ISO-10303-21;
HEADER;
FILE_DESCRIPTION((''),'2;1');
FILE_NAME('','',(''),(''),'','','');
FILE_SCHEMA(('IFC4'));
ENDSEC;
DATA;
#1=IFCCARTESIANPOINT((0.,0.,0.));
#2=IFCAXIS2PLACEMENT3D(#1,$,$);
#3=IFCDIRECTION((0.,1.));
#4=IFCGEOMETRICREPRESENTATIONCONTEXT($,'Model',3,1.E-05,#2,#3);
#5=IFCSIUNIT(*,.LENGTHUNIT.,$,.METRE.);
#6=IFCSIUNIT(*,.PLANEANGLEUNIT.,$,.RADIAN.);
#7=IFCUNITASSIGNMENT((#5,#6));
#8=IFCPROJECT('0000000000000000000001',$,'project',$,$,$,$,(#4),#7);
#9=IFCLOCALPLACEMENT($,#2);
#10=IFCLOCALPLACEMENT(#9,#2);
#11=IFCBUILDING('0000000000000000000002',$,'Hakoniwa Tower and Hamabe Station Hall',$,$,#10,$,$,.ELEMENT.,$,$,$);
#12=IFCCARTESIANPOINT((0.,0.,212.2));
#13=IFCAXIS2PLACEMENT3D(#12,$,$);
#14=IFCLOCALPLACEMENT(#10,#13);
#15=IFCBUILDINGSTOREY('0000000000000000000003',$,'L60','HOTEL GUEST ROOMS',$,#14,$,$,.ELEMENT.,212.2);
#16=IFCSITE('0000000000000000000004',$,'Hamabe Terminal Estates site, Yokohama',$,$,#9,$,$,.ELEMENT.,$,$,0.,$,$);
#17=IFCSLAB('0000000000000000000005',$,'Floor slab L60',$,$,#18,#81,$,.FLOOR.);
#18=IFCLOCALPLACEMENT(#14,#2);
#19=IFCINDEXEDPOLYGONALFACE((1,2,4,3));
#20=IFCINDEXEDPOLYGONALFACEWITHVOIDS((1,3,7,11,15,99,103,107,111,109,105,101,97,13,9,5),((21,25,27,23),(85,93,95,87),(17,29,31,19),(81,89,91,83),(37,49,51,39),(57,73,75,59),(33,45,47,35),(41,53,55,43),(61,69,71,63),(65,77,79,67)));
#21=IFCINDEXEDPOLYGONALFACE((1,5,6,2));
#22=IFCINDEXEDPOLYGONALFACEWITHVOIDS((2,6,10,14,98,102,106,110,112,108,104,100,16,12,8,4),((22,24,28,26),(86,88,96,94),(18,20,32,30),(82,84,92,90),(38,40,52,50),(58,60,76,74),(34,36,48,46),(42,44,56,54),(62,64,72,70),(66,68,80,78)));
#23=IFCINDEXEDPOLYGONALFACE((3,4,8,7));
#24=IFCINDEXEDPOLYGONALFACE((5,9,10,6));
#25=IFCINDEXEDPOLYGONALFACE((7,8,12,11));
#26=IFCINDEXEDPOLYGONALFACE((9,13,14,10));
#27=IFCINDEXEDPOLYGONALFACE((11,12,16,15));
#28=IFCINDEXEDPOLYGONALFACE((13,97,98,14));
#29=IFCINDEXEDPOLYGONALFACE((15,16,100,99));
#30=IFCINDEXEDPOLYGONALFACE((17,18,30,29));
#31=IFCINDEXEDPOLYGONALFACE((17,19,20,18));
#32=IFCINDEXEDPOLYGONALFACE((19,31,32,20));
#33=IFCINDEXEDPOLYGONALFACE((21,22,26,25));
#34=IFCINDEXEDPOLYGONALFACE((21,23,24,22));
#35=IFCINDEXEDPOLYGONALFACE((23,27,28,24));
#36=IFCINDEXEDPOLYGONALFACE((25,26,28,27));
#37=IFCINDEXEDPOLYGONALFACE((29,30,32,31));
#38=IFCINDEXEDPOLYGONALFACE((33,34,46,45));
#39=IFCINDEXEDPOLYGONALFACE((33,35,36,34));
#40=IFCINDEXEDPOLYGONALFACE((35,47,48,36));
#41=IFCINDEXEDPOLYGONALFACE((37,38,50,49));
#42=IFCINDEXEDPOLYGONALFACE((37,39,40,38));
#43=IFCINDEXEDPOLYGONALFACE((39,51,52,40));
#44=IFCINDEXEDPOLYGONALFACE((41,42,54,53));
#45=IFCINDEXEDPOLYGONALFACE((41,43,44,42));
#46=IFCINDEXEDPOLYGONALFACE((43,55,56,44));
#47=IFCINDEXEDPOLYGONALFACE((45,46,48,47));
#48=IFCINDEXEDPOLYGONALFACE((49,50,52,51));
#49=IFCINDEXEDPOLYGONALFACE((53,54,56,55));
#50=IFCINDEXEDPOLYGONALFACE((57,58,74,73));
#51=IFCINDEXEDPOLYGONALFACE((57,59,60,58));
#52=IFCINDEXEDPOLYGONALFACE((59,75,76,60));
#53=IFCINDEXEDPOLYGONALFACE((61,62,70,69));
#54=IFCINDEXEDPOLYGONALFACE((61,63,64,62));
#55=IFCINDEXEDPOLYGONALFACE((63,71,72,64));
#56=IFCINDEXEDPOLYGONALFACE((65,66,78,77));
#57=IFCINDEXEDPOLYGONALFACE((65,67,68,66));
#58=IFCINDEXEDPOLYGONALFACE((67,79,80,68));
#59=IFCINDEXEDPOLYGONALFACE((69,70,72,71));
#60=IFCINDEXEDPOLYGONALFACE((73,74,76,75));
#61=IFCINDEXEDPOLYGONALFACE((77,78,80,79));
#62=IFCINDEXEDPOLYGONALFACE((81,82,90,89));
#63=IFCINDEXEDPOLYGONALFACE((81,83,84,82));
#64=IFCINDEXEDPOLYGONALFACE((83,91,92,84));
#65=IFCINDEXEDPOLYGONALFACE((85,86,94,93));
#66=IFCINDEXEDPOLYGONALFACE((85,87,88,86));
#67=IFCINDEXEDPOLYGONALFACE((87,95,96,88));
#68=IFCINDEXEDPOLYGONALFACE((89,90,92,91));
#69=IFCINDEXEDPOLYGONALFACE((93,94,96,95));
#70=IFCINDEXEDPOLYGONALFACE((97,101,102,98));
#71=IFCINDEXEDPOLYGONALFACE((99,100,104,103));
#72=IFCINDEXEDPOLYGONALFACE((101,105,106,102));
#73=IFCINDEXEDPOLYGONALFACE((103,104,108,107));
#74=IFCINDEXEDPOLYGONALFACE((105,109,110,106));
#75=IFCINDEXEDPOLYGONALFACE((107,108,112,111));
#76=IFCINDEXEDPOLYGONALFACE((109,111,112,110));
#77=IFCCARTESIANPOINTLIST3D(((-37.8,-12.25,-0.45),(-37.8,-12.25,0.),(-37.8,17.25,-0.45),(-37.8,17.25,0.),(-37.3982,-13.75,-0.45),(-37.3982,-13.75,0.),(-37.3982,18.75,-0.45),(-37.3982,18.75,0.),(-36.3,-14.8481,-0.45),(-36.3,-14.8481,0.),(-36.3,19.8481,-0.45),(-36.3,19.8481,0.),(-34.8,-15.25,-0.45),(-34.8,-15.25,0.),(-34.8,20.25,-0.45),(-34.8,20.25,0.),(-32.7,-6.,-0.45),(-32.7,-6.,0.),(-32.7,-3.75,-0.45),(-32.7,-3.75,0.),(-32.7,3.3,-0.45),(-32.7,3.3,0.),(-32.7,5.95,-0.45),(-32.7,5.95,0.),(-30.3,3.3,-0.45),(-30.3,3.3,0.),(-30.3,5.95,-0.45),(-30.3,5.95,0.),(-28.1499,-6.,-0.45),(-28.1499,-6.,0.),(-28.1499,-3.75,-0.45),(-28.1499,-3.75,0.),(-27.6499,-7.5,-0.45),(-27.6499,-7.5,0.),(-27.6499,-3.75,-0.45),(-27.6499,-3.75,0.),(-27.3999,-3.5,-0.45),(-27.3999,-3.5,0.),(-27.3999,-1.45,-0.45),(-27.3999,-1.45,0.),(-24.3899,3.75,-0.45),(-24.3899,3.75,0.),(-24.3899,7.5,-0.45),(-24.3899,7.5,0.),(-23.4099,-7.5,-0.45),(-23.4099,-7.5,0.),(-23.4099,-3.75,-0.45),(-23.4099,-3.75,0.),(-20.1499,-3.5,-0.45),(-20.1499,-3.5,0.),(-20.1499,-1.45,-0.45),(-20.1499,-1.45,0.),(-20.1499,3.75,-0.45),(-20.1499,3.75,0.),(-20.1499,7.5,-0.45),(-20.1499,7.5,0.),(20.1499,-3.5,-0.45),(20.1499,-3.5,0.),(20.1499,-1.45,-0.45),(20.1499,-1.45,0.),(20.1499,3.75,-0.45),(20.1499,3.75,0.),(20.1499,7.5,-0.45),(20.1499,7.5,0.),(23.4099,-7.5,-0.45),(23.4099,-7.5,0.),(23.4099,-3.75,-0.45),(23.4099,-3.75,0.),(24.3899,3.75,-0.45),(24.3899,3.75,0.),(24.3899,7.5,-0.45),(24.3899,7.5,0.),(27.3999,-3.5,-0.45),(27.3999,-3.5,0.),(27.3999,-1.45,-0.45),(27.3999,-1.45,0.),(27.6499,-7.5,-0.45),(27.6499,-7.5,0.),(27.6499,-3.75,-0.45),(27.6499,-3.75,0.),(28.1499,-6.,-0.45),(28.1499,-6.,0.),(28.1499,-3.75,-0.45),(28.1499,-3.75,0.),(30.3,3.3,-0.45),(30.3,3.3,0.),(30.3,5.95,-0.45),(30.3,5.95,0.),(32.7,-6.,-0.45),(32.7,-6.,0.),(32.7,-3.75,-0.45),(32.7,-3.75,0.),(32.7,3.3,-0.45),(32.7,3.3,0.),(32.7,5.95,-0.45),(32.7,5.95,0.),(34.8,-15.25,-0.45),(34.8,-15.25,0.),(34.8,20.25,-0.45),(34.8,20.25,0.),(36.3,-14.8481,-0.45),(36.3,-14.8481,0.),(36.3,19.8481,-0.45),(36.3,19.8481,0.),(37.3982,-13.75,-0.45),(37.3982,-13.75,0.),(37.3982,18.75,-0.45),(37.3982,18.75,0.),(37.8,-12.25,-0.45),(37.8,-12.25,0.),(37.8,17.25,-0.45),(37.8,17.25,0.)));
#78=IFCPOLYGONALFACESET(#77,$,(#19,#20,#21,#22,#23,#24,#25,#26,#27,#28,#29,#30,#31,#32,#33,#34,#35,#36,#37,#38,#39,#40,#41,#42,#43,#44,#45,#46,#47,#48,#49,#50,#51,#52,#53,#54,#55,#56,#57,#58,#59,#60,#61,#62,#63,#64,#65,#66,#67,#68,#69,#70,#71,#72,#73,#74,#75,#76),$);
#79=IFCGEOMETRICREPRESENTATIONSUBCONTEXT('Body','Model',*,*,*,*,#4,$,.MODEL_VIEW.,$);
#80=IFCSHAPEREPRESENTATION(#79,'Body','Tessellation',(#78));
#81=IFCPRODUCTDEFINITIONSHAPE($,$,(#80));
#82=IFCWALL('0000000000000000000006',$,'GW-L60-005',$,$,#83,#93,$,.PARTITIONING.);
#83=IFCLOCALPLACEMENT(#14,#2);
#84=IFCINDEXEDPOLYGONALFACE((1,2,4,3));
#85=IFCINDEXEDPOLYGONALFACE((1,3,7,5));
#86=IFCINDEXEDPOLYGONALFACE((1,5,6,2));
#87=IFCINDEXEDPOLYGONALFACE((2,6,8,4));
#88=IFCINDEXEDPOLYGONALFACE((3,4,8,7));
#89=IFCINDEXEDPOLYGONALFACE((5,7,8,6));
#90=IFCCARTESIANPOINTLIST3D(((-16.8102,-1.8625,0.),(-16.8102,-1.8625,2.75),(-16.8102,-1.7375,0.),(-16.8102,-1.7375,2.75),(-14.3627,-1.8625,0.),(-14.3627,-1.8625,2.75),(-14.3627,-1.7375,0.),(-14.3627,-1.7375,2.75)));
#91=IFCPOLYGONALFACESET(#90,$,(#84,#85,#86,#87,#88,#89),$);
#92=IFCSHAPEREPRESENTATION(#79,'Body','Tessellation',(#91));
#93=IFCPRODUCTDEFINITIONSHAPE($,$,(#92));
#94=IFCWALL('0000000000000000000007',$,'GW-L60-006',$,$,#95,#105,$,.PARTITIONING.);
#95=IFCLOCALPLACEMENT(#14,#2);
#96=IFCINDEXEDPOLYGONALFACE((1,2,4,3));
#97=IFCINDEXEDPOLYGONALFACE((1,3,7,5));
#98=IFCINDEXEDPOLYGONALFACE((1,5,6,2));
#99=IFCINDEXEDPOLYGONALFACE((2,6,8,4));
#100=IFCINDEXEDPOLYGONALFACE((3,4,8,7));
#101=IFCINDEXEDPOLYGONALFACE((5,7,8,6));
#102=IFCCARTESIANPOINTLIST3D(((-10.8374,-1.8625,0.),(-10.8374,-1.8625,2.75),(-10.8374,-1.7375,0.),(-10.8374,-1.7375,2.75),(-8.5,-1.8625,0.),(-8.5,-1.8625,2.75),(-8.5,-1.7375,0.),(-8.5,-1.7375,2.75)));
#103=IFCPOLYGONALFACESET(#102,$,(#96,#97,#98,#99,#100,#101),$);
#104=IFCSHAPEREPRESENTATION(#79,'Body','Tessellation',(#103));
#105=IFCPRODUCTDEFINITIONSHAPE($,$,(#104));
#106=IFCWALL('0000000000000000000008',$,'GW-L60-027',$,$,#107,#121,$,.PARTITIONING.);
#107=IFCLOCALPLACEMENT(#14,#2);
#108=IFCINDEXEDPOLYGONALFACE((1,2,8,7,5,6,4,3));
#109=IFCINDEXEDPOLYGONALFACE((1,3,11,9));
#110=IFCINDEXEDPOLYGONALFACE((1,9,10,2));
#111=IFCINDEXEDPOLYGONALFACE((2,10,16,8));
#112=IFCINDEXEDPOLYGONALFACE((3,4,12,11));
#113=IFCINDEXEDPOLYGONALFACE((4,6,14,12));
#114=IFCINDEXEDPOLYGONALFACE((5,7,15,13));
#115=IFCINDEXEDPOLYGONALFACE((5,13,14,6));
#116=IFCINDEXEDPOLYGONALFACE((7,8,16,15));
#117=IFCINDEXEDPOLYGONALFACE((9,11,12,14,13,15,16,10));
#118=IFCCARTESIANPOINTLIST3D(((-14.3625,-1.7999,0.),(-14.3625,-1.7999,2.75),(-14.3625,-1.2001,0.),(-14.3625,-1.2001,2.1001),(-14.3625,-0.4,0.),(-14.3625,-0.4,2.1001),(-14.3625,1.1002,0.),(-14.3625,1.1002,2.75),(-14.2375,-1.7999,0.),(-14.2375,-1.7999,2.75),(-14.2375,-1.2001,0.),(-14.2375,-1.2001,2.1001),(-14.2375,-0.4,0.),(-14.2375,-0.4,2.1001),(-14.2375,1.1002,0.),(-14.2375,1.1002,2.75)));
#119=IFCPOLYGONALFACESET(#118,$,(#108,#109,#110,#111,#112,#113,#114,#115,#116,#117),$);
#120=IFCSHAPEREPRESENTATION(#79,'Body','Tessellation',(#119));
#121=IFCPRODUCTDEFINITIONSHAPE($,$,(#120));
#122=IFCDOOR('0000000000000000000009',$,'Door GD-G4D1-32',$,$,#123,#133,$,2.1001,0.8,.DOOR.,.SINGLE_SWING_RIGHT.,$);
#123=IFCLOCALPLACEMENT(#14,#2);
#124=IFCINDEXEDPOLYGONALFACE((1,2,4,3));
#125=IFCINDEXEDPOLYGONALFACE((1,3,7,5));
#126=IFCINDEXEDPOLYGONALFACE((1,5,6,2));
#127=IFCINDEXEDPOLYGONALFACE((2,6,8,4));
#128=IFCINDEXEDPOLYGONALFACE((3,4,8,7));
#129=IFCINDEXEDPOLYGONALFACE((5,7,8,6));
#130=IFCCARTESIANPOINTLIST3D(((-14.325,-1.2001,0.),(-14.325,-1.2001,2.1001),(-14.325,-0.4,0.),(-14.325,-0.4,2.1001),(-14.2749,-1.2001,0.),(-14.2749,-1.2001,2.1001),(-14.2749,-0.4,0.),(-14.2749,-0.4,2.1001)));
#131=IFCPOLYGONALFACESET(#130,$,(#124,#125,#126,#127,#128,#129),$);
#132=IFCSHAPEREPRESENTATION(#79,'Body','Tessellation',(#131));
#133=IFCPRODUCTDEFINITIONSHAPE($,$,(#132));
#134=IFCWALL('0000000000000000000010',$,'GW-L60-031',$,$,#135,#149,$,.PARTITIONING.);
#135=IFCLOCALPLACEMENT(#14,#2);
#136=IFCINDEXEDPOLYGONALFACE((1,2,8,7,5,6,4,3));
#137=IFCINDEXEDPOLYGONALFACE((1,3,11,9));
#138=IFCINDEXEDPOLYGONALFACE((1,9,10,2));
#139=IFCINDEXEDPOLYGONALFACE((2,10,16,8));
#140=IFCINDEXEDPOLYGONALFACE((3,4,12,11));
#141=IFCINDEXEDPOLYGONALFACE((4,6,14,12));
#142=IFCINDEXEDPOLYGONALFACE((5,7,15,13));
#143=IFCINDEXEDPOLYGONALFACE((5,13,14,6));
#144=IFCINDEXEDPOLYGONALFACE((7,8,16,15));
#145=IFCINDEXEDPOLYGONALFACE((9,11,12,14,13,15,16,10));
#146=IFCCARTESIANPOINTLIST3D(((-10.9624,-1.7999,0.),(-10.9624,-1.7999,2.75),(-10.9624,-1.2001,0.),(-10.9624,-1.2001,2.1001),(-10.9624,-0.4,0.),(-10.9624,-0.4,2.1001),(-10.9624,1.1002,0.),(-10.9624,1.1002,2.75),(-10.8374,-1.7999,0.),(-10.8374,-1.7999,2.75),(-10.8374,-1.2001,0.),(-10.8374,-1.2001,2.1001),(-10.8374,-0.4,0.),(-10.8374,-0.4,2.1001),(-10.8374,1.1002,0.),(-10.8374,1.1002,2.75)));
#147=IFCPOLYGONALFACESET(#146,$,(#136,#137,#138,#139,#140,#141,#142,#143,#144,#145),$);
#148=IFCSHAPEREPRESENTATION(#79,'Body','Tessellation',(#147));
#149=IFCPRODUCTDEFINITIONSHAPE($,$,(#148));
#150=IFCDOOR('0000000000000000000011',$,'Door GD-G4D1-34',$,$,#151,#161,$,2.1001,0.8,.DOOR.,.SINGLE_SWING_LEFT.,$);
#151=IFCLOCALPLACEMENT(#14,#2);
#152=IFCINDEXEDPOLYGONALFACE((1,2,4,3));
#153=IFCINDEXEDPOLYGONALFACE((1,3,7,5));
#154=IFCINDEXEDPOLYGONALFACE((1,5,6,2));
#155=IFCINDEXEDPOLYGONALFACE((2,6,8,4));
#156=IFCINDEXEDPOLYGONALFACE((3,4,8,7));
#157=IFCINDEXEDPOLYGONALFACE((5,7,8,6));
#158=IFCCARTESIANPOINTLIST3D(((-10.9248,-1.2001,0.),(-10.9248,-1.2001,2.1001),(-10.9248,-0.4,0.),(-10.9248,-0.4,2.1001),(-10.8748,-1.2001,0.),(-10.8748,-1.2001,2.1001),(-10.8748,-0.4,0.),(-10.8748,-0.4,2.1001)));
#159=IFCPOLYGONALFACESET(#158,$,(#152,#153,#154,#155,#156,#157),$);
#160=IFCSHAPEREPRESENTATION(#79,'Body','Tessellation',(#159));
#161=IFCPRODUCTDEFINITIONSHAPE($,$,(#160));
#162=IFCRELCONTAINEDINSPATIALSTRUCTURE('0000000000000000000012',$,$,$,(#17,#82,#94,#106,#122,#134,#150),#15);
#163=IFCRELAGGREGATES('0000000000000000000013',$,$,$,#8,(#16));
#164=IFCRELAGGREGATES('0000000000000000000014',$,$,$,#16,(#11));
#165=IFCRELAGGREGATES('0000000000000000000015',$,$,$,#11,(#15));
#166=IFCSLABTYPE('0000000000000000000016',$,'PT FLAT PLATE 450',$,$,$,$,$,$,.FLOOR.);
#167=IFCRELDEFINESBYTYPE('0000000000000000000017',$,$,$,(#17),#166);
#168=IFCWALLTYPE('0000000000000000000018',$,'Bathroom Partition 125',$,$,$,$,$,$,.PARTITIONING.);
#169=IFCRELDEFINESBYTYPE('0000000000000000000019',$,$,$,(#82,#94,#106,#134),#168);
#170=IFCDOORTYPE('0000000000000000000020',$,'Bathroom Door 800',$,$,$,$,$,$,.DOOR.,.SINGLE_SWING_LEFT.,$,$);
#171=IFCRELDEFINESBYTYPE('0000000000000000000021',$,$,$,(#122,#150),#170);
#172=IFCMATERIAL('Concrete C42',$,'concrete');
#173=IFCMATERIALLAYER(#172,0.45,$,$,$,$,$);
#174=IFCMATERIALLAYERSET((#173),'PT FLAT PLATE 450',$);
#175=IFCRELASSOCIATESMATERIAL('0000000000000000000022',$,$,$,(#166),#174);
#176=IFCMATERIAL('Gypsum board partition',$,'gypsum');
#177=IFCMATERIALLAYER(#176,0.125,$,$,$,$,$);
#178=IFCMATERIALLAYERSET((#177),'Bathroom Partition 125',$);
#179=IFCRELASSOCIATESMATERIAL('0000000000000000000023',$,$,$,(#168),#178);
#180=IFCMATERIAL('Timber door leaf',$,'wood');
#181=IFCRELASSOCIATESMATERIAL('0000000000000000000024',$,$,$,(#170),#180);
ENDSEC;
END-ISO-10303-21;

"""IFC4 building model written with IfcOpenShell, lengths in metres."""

from ifc_helpers import new_model, si_unit, direction, frame, frame_2d, origin, place, context, subcontext, project, spatial, polyline, rectangle, outline, extrude, material, layer, layer_set, type_object, element, fill, save


model = new_model("IFC4")

# Units and contexts
model_context = context("Model", 3, precision=1e-05, world=origin(), true_north=direction((0.0, 1.0)))
body_context = subcontext(model_context, "Body", "Model", "MODEL_VIEW")
ifc_project = project(units=[si_unit("LENGTHUNIT", "METRE"), si_unit("PLANEANGLEUNIT", "RADIAN")], contexts=[model_context])

# Site, building, storey
site_placement = place(None, origin())
site = spatial("IfcSite", under=ifc_project, at=site_placement, Name="Hamabe Terminal Estates site, Yokohama", CompositionType="ELEMENT", RefElevation=0.0)
building_placement = place(site_placement, origin())
building = spatial("IfcBuilding", under=site, at=building_placement, Name="Hakoniwa Tower and Hamabe Station Hall", CompositionType="ELEMENT")
storey_placement = place(building_placement, frame((0.0, 0.0, 212.2)))
storey = spatial("IfcBuildingStorey", under=building, at=storey_placement, Name="L60", Description="HOTEL GUEST ROOMS", CompositionType="ELEMENT", Elevation=212.2)

# Slab
ifc_material_1 = material(Name="Concrete C42", Category="concrete")
ifc_layer_1 = layer(ifc_material_1, 0.45)
ifc_layer_set_1 = layer_set([ifc_layer_1], Name="PT FLAT PLATE 450")
slab_type = type_object("IfcSlabType", Name="PT FLAT PLATE 450", PredefinedType="FLOOR", material=ifc_layer_set_1)
slab_placement = place(storey_placement, frame((0.0, 0.0, -0.45)))
element("IfcSlab", 1, at=slab_placement, inside=storey, type_object=slab_type, Name="Floor slab L60", PredefinedType="FLOOR", context=body_context, shape_type="SweptSolid", body=[
    extrude(outline(polyline([(37.8, -12.25), (37.8, 17.25), (37.3982, 18.75), (36.3, 19.8481), (34.8, 20.25), (-34.8, 20.25), (-36.3, 19.8481), (-37.3982, 18.75), (-37.8, 17.25), (-37.8, -12.25), (-37.3982, -13.75), (-36.3, -14.8481), (-34.8, -15.25), (34.8, -15.25), (36.3, -14.8481), (37.3982, -13.75), (37.8, -12.25)]), holes=[polyline([(-27.3999, -3.5), (-27.3999, -1.45), (-20.1499, -1.45), (-20.1499, -3.5), (-27.3999, -3.5)]), polyline([(-32.7, 3.3), (-32.7, 5.95), (-30.3, 5.95), (-30.3, 3.3), (-32.7, 3.3)]), polyline([(-32.7, -6.0), (-32.7, -3.75), (-28.1499, -3.75), (-28.1499, -6.0), (-32.7, -6.0)]), polyline([(-24.3899, 3.75), (-24.3899, 7.5), (-20.1499, 7.5), (-20.1499, 3.75), (-24.3899, 3.75)]), polyline([(-27.6499, -7.5), (-27.6499, -3.75), (-23.4099, -3.75), (-23.4099, -7.5), (-27.6499, -7.5)]), polyline([(20.1499, -3.5), (20.1499, -1.45), (27.3999, -1.45), (27.3999, -3.5), (20.1499, -3.5)]), polyline([(30.3, 3.3), (30.3, 5.95), (32.7, 5.95), (32.7, 3.3), (30.3, 3.3)]), polyline([(28.1499, -6.0), (28.1499, -3.75), (32.7, -3.75), (32.7, -6.0), (28.1499, -6.0)]), polyline([(20.1499, 3.75), (20.1499, 7.5), (24.3899, 7.5), (24.3899, 3.75), (20.1499, 3.75)]), polyline([(23.4099, -7.5), (23.4099, -3.75), (27.6499, -3.75), (27.6499, -7.5), (23.4099, -7.5)])]), origin(), (0.0, 0.0, 1.0), 0.45),
])

# Walls
ifc_material_2 = material(Name="Gypsum board partition", Category="gypsum")
ifc_layer_2 = layer(ifc_material_2, 0.125)
ifc_layer_set_2 = layer_set([ifc_layer_2], Name="Bathroom Partition 125")
wall_type_1 = type_object("IfcWallType", Name="Bathroom Partition 125", PredefinedType="PARTITIONING", material=ifc_layer_set_2)
wall_1_placement = place(storey_placement, frame((-16.8101, -1.8, 0.0), z_axis=(0.0, 0.0, 1.0), x_axis=(1.0, 0.0, 0.0)))
element("IfcWall", 2, at=wall_1_placement, inside=storey, type_object=wall_type_1, Name="GW-L60-005", PredefinedType="PARTITIONING", context=body_context, shape_type="SweptSolid", body=[
    extrude(rectangle(XDim=2.4475, YDim=0.125, at=frame_2d((1.2236, 0.0))), origin(), (0.0, 0.0, 1.0), 2.75),
])
wall_2_placement = place(storey_placement, frame((-10.8374, -1.8, 0.0), z_axis=(0.0, 0.0, 1.0), x_axis=(1.0, 0.0, 0.0)))
element("IfcWall", 3, at=wall_2_placement, inside=storey, type_object=wall_type_1, Name="GW-L60-006", PredefinedType="PARTITIONING", context=body_context, shape_type="SweptSolid", body=[
    extrude(rectangle(XDim=2.3374, YDim=0.125, at=frame_2d((1.1687, 0.0))), origin(), (0.0, 0.0, 1.0), 2.75),
])

# Walls, openings, doors
wall_3_placement = place(storey_placement, frame((-14.3, -1.8, 0.0), z_axis=(0.0, 0.0, 1.0), x_axis=(0.0, 1.0, 0.0)))
wall_3 = element("IfcWall", 4, at=wall_3_placement, inside=storey, type_object=wall_type_1, Name="GW-L60-027", PredefinedType="PARTITIONING", context=body_context, shape_type="SweptSolid", body=[
    extrude(rectangle(XDim=2.9001, YDim=0.125, at=frame_2d((1.4502, 0.0))), origin(), (0.0, 0.0, 1.0), 2.75),
])
opening_1_placement = place(wall_3_placement, frame((0.6001, 0.0, 0.0)))
opening_1 = element("IfcOpeningElement", 5, at=opening_1_placement, cuts=wall_3, PredefinedType="OPENING", context=body_context, shape_type="SweptSolid", body=[
    extrude(rectangle(XDim=0.8, YDim=2.1001, at=frame_2d((0.3999, 1.05))), frame((0.0, 0.0725, 0.0), z_axis=(0.0, -1.0, 0.0), x_axis=(1.0, 0.0, 0.0)), (0.0, 0.0, 1.0), 0.145),
])
ifc_material_3 = material(Name="Timber door leaf", Category="wood")
door_type_1 = type_object("IfcDoorType", Name="Bathroom Door 800", OperationType="SINGLE_SWING_LEFT", PredefinedType="DOOR", material=ifc_material_3)
door_1_placement = place(opening_1_placement, origin())
door_1 = element("IfcDoor", 6, at=door_1_placement, inside=storey, type_object=door_type_1, Name="Door GD-G4D1-32", OperationType="SINGLE_SWING_RIGHT", OverallHeight=2.1001, OverallWidth=0.8, PredefinedType="DOOR", context=body_context, shape_type="SweptSolid", body=[
    extrude(rectangle(XDim=0.8, YDim=2.1001, at=frame_2d((0.3999, 1.05))), frame((0.0, 0.0249, 0.0), z_axis=(0.0, -1.0, 0.0), x_axis=(1.0, 0.0, 0.0)), (0.0, 0.0, 1.0), 0.05),
])
fill(opening_1, door_1)
wall_4_placement = place(storey_placement, frame((-10.8999, -1.8, 0.0), z_axis=(0.0, 0.0, 1.0), x_axis=(0.0, 1.0, 0.0)))
wall_4 = element("IfcWall", 7, at=wall_4_placement, inside=storey, type_object=wall_type_1, Name="GW-L60-031", PredefinedType="PARTITIONING", context=body_context, shape_type="SweptSolid", body=[
    extrude(rectangle(XDim=2.9001, YDim=0.125, at=frame_2d((1.4502, 0.0))), origin(), (0.0, 0.0, 1.0), 2.75),
])
opening_2_placement = place(wall_4_placement, frame((0.6001, 0.0, 0.0)))
opening_2 = element("IfcOpeningElement", 8, at=opening_2_placement, cuts=wall_4, PredefinedType="OPENING", context=body_context, shape_type="SweptSolid", body=[
    extrude(rectangle(XDim=0.8, YDim=2.1001, at=frame_2d((0.3999, 1.05))), frame((0.0, 0.0725, 0.0), z_axis=(0.0, -1.0, 0.0), x_axis=(1.0, 0.0, 0.0)), (0.0, 0.0, 1.0), 0.145),
])
door_2_placement = place(opening_2_placement, origin())
door_2 = element("IfcDoor", 9, at=door_2_placement, inside=storey, type_object=door_type_1, Name="Door GD-G4D1-34", OperationType="SINGLE_SWING_LEFT", OverallHeight=2.1001, OverallWidth=0.8, PredefinedType="DOOR", context=body_context, shape_type="SweptSolid", body=[
    extrude(rectangle(XDim=0.8, YDim=2.1001, at=frame_2d((0.3999, 1.05))), frame((0.0, 0.0249, 0.0), z_axis=(0.0, -1.0, 0.0), x_axis=(1.0, 0.0, 0.0)), (0.0, 0.0, 1.0), 0.05),
])
fill(opening_2, door_2)

save(model, "model.ifc")
